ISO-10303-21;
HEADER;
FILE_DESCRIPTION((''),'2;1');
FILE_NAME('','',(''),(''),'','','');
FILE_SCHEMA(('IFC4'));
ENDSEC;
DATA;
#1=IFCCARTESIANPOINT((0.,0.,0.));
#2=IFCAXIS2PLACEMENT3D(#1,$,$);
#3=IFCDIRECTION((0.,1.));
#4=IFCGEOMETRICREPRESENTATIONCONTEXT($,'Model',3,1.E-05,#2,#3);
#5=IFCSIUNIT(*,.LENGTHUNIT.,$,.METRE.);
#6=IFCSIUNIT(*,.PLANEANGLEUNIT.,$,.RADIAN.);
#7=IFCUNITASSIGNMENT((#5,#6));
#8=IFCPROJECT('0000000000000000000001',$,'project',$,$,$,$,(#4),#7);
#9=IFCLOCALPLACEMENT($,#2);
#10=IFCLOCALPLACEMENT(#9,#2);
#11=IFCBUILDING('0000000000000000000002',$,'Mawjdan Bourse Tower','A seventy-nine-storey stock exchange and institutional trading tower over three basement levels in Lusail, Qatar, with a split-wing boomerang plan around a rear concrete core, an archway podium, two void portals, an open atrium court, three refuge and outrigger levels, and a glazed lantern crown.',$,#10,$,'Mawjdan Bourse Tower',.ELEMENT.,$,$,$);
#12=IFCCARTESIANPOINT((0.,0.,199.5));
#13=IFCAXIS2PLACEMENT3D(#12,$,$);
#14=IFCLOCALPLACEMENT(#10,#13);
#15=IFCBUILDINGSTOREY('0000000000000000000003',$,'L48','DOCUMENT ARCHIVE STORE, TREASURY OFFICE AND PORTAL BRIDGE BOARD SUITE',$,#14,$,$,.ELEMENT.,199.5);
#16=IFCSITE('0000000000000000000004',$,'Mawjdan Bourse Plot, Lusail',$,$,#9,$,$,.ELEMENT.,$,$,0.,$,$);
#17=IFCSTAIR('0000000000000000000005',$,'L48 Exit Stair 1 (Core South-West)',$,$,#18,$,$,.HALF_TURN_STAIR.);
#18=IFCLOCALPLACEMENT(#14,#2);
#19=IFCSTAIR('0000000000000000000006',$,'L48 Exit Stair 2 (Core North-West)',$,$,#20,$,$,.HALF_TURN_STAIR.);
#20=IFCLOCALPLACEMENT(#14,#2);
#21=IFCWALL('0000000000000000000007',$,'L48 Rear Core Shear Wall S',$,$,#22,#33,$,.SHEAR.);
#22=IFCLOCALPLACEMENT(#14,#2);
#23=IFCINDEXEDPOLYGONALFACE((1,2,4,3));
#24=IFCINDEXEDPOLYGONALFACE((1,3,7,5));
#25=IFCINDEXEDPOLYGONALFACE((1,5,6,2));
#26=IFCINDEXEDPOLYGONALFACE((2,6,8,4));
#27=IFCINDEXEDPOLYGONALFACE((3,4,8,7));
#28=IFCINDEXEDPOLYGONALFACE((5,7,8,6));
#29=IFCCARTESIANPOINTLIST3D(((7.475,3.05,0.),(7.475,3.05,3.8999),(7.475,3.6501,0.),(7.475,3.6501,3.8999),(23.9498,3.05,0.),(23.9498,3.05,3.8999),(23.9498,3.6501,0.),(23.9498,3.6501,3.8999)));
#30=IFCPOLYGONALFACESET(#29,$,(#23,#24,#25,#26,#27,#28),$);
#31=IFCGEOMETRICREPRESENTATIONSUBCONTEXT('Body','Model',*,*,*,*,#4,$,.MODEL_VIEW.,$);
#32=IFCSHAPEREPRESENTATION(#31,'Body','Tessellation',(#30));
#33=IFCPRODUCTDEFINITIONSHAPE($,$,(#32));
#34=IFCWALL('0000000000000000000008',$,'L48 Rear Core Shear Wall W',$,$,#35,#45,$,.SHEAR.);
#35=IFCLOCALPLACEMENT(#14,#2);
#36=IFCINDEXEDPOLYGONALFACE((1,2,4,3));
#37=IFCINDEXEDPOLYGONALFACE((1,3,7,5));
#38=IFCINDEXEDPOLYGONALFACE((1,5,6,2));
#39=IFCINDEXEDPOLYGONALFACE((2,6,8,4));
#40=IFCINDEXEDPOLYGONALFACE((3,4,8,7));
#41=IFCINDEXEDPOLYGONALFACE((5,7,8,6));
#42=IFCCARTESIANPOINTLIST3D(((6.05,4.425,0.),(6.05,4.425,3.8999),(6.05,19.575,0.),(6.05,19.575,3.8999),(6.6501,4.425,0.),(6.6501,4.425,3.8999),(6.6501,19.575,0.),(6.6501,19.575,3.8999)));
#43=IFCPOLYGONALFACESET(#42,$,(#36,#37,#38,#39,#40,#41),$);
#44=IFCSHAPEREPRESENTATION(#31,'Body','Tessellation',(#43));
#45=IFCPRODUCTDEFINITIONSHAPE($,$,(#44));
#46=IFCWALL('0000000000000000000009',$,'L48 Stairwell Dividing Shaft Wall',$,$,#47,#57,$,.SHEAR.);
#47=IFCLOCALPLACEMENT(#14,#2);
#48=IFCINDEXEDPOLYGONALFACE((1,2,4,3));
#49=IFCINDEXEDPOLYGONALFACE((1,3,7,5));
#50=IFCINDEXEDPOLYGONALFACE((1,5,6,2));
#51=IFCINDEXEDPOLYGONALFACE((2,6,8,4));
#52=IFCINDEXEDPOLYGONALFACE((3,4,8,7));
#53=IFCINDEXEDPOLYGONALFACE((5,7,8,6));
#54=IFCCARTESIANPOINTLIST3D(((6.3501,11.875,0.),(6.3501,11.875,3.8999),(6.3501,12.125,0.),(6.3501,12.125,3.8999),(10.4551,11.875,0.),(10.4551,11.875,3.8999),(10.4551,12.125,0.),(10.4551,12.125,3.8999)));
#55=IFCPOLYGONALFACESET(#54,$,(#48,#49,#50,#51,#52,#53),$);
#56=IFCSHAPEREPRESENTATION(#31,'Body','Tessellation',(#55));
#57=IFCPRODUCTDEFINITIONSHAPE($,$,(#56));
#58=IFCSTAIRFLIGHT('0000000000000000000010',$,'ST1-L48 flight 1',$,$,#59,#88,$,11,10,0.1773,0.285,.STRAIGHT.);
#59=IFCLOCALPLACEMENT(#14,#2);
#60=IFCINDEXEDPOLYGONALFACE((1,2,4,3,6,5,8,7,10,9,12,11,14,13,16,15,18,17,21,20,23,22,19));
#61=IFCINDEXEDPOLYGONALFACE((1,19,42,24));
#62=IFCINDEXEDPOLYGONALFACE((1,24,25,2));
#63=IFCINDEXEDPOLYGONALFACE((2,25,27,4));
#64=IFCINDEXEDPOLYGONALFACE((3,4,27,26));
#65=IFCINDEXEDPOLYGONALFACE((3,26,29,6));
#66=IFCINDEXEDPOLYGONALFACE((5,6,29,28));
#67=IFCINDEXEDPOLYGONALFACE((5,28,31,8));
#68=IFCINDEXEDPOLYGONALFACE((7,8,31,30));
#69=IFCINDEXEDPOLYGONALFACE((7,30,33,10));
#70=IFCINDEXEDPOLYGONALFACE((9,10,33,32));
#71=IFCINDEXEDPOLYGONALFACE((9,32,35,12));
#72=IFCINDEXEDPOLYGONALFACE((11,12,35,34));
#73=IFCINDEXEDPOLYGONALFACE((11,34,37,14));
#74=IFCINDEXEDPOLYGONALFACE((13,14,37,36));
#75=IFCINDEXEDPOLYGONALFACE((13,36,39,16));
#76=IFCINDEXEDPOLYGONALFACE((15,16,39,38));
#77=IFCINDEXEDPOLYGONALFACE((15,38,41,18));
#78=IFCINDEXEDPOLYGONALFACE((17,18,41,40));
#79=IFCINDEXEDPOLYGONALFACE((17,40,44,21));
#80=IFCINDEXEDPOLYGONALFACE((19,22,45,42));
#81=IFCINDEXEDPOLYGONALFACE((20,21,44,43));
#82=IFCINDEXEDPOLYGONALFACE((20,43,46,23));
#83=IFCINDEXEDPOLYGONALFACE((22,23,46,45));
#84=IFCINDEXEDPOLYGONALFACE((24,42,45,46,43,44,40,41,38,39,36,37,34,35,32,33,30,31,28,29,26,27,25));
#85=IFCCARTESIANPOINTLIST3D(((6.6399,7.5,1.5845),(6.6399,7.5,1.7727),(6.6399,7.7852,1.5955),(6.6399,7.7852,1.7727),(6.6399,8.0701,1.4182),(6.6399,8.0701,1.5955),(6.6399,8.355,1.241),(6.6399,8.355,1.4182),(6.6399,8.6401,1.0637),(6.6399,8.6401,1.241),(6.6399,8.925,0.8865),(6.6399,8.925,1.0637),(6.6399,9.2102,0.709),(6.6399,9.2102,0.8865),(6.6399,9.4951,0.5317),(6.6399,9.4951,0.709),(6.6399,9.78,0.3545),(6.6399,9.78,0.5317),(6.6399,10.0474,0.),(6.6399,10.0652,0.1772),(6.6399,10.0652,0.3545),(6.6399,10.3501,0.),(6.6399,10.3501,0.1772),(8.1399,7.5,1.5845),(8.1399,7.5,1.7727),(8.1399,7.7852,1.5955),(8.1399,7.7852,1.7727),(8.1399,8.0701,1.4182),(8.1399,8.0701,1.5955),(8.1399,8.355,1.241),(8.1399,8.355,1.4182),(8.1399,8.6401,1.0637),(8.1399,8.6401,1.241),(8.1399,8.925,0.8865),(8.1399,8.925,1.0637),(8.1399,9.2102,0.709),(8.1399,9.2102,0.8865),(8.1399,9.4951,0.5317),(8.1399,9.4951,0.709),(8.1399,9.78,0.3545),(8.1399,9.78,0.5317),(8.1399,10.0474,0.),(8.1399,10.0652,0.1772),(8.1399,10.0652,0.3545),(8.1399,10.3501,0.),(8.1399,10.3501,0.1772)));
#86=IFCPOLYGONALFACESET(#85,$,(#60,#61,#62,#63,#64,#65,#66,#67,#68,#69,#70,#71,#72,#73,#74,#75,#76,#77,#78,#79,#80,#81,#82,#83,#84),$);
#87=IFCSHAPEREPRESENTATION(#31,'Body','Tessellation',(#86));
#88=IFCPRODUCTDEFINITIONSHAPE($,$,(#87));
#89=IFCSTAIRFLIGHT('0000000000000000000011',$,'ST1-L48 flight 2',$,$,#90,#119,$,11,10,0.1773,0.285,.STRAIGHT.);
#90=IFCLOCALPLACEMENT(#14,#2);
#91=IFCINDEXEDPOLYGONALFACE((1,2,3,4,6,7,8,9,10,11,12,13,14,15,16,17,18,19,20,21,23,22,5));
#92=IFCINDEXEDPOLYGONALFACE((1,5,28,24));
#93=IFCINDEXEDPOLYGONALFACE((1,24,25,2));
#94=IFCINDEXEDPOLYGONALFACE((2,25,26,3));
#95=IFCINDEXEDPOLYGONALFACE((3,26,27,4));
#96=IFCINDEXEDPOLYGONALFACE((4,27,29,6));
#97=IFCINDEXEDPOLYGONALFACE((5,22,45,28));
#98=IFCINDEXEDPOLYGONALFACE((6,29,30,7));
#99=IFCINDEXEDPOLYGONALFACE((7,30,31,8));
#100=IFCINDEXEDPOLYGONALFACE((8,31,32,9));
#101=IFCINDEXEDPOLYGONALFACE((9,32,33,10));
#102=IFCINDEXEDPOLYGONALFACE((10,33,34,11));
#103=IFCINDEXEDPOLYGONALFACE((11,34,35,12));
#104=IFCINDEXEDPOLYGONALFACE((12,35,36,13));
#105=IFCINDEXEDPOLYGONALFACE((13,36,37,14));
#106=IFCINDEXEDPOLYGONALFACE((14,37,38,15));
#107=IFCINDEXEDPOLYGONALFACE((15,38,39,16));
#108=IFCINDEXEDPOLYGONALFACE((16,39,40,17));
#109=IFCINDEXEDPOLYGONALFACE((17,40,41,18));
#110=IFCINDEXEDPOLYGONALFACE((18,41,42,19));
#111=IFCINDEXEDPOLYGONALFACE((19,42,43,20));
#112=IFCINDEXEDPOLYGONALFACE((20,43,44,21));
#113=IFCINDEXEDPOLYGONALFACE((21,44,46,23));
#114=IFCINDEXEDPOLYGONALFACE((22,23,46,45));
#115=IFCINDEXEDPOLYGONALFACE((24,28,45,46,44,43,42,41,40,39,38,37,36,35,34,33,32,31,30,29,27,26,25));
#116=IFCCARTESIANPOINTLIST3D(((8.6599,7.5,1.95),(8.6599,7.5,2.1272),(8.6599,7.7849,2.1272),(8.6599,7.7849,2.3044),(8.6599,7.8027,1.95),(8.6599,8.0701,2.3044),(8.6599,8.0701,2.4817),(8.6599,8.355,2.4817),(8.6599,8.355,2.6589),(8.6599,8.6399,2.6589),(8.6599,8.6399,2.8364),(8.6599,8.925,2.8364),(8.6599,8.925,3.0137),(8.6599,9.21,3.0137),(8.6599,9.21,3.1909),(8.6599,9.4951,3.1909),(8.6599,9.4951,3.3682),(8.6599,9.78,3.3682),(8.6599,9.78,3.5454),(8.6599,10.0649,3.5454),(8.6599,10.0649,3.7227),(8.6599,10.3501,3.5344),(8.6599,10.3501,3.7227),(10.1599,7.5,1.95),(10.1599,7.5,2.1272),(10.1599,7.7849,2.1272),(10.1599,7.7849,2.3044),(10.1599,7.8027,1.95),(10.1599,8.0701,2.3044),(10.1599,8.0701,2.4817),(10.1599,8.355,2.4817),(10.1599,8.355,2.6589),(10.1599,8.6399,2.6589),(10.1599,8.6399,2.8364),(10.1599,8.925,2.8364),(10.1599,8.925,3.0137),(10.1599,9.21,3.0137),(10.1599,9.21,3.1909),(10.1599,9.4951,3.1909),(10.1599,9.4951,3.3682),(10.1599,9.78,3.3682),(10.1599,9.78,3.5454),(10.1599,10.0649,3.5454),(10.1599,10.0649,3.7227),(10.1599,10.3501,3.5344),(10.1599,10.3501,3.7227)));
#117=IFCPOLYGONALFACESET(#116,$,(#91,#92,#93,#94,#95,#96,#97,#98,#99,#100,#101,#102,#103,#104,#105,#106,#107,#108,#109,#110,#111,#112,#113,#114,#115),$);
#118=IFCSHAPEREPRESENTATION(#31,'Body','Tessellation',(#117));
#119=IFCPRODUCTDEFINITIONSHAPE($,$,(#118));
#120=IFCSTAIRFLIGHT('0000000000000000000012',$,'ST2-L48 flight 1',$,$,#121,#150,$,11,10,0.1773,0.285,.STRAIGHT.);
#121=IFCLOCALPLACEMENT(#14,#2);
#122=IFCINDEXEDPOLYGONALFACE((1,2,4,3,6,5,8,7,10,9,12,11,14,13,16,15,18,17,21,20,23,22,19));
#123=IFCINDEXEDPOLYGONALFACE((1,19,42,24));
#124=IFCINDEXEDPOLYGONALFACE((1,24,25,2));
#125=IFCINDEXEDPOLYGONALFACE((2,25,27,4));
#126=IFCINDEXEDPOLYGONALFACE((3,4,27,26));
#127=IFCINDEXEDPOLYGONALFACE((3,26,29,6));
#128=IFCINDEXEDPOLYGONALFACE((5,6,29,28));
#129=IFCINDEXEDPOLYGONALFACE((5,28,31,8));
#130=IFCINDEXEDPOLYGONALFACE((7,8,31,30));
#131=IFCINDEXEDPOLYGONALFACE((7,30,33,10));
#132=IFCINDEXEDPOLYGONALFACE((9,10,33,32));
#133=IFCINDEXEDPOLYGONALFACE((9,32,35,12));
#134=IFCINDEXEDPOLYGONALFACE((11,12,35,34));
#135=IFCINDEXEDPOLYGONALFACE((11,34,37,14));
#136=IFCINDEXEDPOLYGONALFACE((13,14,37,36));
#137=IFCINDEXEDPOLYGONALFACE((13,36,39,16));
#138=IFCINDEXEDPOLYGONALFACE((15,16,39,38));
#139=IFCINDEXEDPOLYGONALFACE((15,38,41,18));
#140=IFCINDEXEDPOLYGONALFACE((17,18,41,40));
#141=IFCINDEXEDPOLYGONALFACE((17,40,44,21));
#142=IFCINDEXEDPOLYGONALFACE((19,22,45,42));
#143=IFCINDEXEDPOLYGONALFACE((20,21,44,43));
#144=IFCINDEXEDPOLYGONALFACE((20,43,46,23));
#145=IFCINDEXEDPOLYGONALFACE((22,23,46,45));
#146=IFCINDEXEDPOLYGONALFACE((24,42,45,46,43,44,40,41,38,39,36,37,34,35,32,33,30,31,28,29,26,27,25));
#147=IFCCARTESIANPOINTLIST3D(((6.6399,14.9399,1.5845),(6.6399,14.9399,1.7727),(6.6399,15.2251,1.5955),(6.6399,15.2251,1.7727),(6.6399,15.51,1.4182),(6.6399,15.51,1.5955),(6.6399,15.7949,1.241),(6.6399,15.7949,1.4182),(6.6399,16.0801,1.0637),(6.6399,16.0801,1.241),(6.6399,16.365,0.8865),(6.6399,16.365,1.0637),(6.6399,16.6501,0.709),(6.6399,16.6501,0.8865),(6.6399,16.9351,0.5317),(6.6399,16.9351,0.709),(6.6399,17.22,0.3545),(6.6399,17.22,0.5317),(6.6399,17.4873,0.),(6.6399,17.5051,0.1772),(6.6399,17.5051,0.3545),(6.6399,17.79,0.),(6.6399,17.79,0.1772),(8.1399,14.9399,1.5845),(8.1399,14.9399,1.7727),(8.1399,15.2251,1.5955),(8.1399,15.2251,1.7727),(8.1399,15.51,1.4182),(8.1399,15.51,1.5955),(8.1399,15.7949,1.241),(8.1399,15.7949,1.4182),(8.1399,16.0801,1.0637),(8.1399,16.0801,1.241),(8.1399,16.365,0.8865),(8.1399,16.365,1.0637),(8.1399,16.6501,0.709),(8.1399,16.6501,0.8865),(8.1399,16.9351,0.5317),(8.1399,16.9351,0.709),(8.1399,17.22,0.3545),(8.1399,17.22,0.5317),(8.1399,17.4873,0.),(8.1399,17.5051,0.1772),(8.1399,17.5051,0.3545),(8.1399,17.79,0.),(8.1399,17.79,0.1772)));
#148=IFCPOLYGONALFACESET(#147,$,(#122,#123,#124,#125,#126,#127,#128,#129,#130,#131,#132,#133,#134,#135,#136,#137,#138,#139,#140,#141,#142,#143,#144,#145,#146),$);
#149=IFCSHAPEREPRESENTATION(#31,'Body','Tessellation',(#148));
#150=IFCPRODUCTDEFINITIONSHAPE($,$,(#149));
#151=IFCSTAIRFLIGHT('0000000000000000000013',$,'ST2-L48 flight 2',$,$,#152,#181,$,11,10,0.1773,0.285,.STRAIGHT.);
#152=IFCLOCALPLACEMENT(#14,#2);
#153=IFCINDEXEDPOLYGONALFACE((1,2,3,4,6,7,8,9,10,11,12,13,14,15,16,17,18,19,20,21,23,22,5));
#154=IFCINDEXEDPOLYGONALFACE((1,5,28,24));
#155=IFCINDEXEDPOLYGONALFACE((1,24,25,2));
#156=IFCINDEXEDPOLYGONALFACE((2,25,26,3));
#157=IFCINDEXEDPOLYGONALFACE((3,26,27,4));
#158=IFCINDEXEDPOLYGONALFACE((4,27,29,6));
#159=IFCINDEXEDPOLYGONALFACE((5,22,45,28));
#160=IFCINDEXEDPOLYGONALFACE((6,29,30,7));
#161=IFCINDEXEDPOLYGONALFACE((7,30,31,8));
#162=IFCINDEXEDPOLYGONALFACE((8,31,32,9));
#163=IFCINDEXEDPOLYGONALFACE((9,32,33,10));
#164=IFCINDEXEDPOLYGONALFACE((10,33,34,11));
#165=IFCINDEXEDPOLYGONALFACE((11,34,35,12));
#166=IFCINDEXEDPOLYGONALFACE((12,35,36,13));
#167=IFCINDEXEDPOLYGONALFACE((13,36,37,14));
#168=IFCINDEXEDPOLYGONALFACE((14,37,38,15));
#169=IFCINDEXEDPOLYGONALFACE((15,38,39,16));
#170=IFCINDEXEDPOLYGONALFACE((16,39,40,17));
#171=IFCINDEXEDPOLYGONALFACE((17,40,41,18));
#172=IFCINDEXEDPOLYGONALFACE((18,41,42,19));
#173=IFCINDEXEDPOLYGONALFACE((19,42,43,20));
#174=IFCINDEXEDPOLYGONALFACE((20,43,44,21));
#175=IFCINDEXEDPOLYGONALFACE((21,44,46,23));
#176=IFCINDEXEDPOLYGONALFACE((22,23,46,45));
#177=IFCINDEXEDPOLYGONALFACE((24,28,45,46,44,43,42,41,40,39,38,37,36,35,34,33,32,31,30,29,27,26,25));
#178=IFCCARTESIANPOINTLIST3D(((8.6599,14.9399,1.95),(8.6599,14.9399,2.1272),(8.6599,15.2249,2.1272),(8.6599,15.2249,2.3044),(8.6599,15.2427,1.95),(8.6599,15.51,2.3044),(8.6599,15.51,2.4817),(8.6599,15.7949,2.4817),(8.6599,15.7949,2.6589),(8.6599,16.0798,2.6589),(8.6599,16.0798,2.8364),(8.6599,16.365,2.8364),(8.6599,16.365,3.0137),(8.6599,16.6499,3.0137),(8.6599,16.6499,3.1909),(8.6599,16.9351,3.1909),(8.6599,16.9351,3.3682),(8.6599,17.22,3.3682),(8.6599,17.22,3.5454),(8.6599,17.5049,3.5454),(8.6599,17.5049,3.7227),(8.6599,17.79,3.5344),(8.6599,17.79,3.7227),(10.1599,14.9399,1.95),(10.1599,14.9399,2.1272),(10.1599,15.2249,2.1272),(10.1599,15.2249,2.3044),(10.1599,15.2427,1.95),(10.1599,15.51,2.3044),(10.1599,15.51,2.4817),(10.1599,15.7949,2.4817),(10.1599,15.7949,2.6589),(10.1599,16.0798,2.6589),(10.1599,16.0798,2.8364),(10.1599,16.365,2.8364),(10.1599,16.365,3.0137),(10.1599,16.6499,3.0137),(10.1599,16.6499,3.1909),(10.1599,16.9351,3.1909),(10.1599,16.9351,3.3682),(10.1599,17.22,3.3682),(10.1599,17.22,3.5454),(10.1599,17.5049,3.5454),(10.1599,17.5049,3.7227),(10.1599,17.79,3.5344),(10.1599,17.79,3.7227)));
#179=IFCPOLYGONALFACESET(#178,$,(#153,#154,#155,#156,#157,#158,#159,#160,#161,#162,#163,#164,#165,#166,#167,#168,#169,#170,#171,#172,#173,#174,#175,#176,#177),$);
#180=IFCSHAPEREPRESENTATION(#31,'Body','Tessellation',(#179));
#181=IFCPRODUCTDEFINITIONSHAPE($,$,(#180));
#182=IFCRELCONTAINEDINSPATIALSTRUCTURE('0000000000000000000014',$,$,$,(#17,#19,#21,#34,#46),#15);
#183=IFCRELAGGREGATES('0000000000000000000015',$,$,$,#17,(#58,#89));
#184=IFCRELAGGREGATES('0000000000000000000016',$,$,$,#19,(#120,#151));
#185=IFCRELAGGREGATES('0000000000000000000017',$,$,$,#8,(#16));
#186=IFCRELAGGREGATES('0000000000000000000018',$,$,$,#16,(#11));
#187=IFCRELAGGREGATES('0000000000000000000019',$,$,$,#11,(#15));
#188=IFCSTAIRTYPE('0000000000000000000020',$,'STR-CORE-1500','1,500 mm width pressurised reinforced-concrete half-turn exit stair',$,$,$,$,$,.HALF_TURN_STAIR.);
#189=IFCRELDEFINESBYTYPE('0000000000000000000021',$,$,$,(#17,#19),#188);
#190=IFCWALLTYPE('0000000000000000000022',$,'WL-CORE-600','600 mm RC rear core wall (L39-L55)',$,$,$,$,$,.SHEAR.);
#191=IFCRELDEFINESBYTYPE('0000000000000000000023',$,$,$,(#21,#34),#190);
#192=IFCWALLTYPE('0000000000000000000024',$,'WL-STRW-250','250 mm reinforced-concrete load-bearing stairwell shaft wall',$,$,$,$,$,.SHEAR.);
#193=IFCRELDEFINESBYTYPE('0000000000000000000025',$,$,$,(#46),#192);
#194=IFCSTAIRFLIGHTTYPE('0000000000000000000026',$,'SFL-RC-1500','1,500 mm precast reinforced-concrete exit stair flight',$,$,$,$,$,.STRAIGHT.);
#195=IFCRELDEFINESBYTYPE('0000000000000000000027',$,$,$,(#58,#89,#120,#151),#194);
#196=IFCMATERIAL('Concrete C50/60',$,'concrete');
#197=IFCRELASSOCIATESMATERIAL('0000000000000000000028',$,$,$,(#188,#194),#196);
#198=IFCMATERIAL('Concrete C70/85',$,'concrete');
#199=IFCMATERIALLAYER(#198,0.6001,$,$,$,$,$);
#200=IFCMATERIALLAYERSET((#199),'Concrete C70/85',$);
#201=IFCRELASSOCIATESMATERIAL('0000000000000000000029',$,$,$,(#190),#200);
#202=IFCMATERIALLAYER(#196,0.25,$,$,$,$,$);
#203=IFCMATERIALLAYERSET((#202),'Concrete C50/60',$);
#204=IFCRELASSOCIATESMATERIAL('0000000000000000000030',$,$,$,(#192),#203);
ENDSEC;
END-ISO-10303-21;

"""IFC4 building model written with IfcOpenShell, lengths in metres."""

from ifc_helpers import new_model, si_unit, direction, frame, frame_2d, origin, place, context, subcontext, project, spatial, polyline, rectangle, outline, extrude, material, layer, layer_set, type_object, element, aggregate, save


model = new_model("IFC4")

# Units and contexts
model_context = context("Model", 3, precision=1e-05, world=origin(), true_north=direction((0.0, 1.0)))
body_context = subcontext(model_context, "Body", "Model", "MODEL_VIEW")
ifc_project = project(units=[si_unit("LENGTHUNIT", "METRE"), si_unit("PLANEANGLEUNIT", "RADIAN")], contexts=[model_context])

# Site, building, storey
site_placement = place(None, origin())
site = spatial("IfcSite", under=ifc_project, at=site_placement, Name="Mawjdan Bourse Plot, Lusail", CompositionType="ELEMENT", RefElevation=0.0)
building_placement = place(site_placement, origin())
building = spatial("IfcBuilding", under=site, at=building_placement, Name="Mawjdan Bourse Tower", Description="A seventy-nine-storey stock exchange and institutional trading tower over three basement levels in Lusail, Qatar, with a split-wing boomerang plan around a rear concrete core, an archway podium, two void portals, an open atrium court, three refuge and outrigger levels, and a glazed lantern crown.", LongName="Mawjdan Bourse Tower", CompositionType="ELEMENT")
storey_placement = place(building_placement, frame((0.0, 0.0, 199.5)))
storey = spatial("IfcBuildingStorey", under=building, at=storey_placement, Name="L48", Description="DOCUMENT ARCHIVE STORE, TREASURY OFFICE AND PORTAL BRIDGE BOARD SUITE", CompositionType="ELEMENT", Elevation=199.5)

# Stairs
ifc_material_1 = material(Name="Concrete C50/60", Category="concrete")
stair_type = type_object("IfcStairType", Name="STR-CORE-1500", Description="1,500 mm width pressurised reinforced-concrete half-turn exit stair", PredefinedType="HALF_TURN_STAIR", material=ifc_material_1)
stair_1_placement = place(storey_placement, origin())
stair_1 = element("IfcStair", 1, at=stair_1_placement, inside=storey, type_object=stair_type, Name="L48 Exit Stair 1 (Core South-West)", PredefinedType="HALF_TURN_STAIR")
stair_2_placement = place(storey_placement, origin())
stair_2 = element("IfcStair", 2, at=stair_2_placement, inside=storey, type_object=stair_type, Name="L48 Exit Stair 2 (Core North-West)", PredefinedType="HALF_TURN_STAIR")

# Walls
ifc_material_2 = material(Name="Concrete C70/85", Category="concrete")
ifc_layer_1 = layer(ifc_material_2, 0.6001)
ifc_layer_set_1 = layer_set([ifc_layer_1], Name="Concrete C70/85")
wall_type_1 = type_object("IfcWallType", Name="WL-CORE-600", Description="600 mm RC rear core wall (L39-L55)", PredefinedType="SHEAR", material=ifc_layer_set_1)
wall_1_placement = place(storey_placement, frame((7.4751, 3.3501, 0.0), z_axis=(0.0, 0.0, 1.0), x_axis=(1.0, 0.0, 0.0)))
element("IfcWall", 3, at=wall_1_placement, inside=storey, type_object=wall_type_1, Name="L48 Rear Core Shear Wall S", PredefinedType="SHEAR", context=body_context, shape_type="SweptSolid", body=[
    extrude(rectangle(XDim=16.4749, YDim=0.6001, at=frame_2d((8.2373, 0.0))), origin(), (0.0, 0.0, 1.0), 3.8999),
])
wall_2_placement = place(storey_placement, frame((6.3501, 4.425, 0.0), z_axis=(0.0, 0.0, 1.0), x_axis=(0.0, 1.0, 0.0)))
element("IfcWall", 4, at=wall_2_placement, inside=storey, type_object=wall_type_1, Name="L48 Rear Core Shear Wall W", PredefinedType="SHEAR", context=body_context, shape_type="SweptSolid", body=[
    extrude(rectangle(XDim=15.1499, YDim=0.6001, at=frame_2d((7.575, 0.0))), origin(), (0.0, 0.0, 1.0), 3.8999),
])
ifc_layer_2 = layer(ifc_material_1, 0.25)
ifc_layer_set_2 = layer_set([ifc_layer_2], Name="Concrete C50/60")
wall_type_2 = type_object("IfcWallType", Name="WL-STRW-250", Description="250 mm reinforced-concrete load-bearing stairwell shaft wall", PredefinedType="SHEAR", material=ifc_layer_set_2)
wall_3_placement = place(storey_placement, frame((6.3501, 12.0, 0.0), z_axis=(0.0, 0.0, 1.0), x_axis=(1.0, 0.0, 0.0)))
element("IfcWall", 5, at=wall_3_placement, inside=storey, type_object=wall_type_2, Name="L48 Stairwell Dividing Shaft Wall", PredefinedType="SHEAR", context=body_context, shape_type="SweptSolid", body=[
    extrude(rectangle(XDim=4.105, YDim=0.25, at=frame_2d((2.0525, 0.0))), origin(), (0.0, 0.0, 1.0), 3.8999),
])

# Stair flights
stair_flight_type = type_object("IfcStairFlightType", Name="SFL-RC-1500", Description="1,500 mm precast reinforced-concrete exit stair flight", PredefinedType="STRAIGHT", material=ifc_material_1)
stair_flight_1_placement = place(storey_placement, frame((7.3899, 10.3501, 0.0), z_axis=(0.0, 0.0, 1.0), x_axis=(0.0, -1.0, 0.0)))
stair_flight_1 = element("IfcStairFlight", 6, at=stair_flight_1_placement, type_object=stair_flight_type, Name="ST1-L48 flight 1", NumberOfRisers=11, NumberOfTreads=10, PredefinedType="STRAIGHT", RiserHeight=0.1773, TreadLength=0.285, context=body_context, shape_type="SweptSolid", body=[
    extrude(outline(polyline([(0.0, 0.0), (0.0, 0.1772), (0.2849, 0.1772), (0.2849, 0.3545), (0.5701, 0.3545), (0.5701, 0.5317), (0.855, 0.5317), (0.855, 0.709), (1.1399, 0.709), (1.1399, 0.8865), (1.425, 0.8865), (1.425, 1.0637), (1.71, 1.0637), (1.71, 1.241), (1.9951, 1.241), (1.9951, 1.4182), (2.28, 1.4182), (2.28, 1.5955), (2.5649, 1.5955), (2.5649, 1.7727), (2.8501, 1.7727), (2.8501, 1.95), (2.8501, 1.5845), (0.3027, 0.0), (0.0, 0.0)])), frame((0.0, 0.75, 0.0), z_axis=(0.0, -1.0, 0.0), x_axis=(1.0, 0.0, 0.0)), (0.0, 0.0, 1.0), 1.5),
])
stair_flight_2_placement = place(storey_placement, frame((9.4099, 7.5, 1.95), z_axis=(0.0, 0.0, 1.0), x_axis=(0.0, 1.0, 0.0)))
stair_flight_2 = element("IfcStairFlight", 7, at=stair_flight_2_placement, type_object=stair_flight_type, Name="ST1-L48 flight 2", NumberOfRisers=11, NumberOfTreads=10, PredefinedType="STRAIGHT", RiserHeight=0.1773, TreadLength=0.285, context=body_context, shape_type="SweptSolid", body=[
    extrude(outline(polyline([(0.0, 0.0), (0.0, 0.1772), (0.2849, 0.1772), (0.2849, 0.3545), (0.5701, 0.3545), (0.5701, 0.5317), (0.855, 0.5317), (0.855, 0.709), (1.1399, 0.709), (1.1399, 0.8865), (1.425, 0.8865), (1.425, 1.0637), (1.71, 1.0637), (1.71, 1.241), (1.9951, 1.241), (1.9951, 1.4182), (2.28, 1.4182), (2.28, 1.5955), (2.5649, 1.5955), (2.5649, 1.7727), (2.8501, 1.7727), (2.8501, 1.95), (2.8501, 1.5845), (0.3027, 0.0), (0.0, 0.0)])), frame((0.0, 0.75, 0.0), z_axis=(0.0, -1.0, 0.0), x_axis=(1.0, 0.0, 0.0)), (0.0, 0.0, 1.0), 1.5),
])
aggregate(stair_1, [stair_flight_1, stair_flight_2])
stair_flight_3_placement = place(storey_placement, frame((7.3899, 17.79, 0.0), z_axis=(0.0, 0.0, 1.0), x_axis=(0.0, -1.0, 0.0)))
stair_flight_3 = element("IfcStairFlight", 8, at=stair_flight_3_placement, type_object=stair_flight_type, Name="ST2-L48 flight 1", NumberOfRisers=11, NumberOfTreads=10, PredefinedType="STRAIGHT", RiserHeight=0.1773, TreadLength=0.285, context=body_context, shape_type="SweptSolid", body=[
    extrude(outline(polyline([(0.0, 0.0), (0.0, 0.1772), (0.2849, 0.1772), (0.2849, 0.3545), (0.5701, 0.3545), (0.5701, 0.5317), (0.855, 0.5317), (0.855, 0.709), (1.1399, 0.709), (1.1399, 0.8865), (1.425, 0.8865), (1.425, 1.0637), (1.71, 1.0637), (1.71, 1.241), (1.9951, 1.241), (1.9951, 1.4182), (2.28, 1.4182), (2.28, 1.5955), (2.5649, 1.5955), (2.5649, 1.7727), (2.8501, 1.7727), (2.8501, 1.95), (2.8501, 1.5845), (0.3027, 0.0), (0.0, 0.0)])), frame((0.0, 0.75, 0.0), z_axis=(0.0, -1.0, 0.0), x_axis=(1.0, 0.0, 0.0)), (0.0, 0.0, 1.0), 1.5),
])
stair_flight_4_placement = place(storey_placement, frame((9.4099, 14.9399, 1.95), z_axis=(0.0, 0.0, 1.0), x_axis=(0.0, 1.0, 0.0)))
stair_flight_4 = element("IfcStairFlight", 9, at=stair_flight_4_placement, type_object=stair_flight_type, Name="ST2-L48 flight 2", NumberOfRisers=11, NumberOfTreads=10, PredefinedType="STRAIGHT", RiserHeight=0.1773, TreadLength=0.285, context=body_context, shape_type="SweptSolid", body=[
    extrude(outline(polyline([(0.0, 0.0), (0.0, 0.1772), (0.2849, 0.1772), (0.2849, 0.3545), (0.5701, 0.3545), (0.5701, 0.5317), (0.855, 0.5317), (0.855, 0.709), (1.1399, 0.709), (1.1399, 0.8865), (1.425, 0.8865), (1.425, 1.0637), (1.71, 1.0637), (1.71, 1.241), (1.9951, 1.241), (1.9951, 1.4182), (2.28, 1.4182), (2.28, 1.5955), (2.5649, 1.5955), (2.5649, 1.7727), (2.8501, 1.7727), (2.8501, 1.95), (2.8501, 1.5845), (0.3027, 0.0), (0.0, 0.0)])), frame((0.0, 0.75, 0.0), z_axis=(0.0, -1.0, 0.0), x_axis=(1.0, 0.0, 0.0)), (0.0, 0.0, 1.0), 1.5),
])
aggregate(stair_2, [stair_flight_3, stair_flight_4])

save(model, "model.ifc")
